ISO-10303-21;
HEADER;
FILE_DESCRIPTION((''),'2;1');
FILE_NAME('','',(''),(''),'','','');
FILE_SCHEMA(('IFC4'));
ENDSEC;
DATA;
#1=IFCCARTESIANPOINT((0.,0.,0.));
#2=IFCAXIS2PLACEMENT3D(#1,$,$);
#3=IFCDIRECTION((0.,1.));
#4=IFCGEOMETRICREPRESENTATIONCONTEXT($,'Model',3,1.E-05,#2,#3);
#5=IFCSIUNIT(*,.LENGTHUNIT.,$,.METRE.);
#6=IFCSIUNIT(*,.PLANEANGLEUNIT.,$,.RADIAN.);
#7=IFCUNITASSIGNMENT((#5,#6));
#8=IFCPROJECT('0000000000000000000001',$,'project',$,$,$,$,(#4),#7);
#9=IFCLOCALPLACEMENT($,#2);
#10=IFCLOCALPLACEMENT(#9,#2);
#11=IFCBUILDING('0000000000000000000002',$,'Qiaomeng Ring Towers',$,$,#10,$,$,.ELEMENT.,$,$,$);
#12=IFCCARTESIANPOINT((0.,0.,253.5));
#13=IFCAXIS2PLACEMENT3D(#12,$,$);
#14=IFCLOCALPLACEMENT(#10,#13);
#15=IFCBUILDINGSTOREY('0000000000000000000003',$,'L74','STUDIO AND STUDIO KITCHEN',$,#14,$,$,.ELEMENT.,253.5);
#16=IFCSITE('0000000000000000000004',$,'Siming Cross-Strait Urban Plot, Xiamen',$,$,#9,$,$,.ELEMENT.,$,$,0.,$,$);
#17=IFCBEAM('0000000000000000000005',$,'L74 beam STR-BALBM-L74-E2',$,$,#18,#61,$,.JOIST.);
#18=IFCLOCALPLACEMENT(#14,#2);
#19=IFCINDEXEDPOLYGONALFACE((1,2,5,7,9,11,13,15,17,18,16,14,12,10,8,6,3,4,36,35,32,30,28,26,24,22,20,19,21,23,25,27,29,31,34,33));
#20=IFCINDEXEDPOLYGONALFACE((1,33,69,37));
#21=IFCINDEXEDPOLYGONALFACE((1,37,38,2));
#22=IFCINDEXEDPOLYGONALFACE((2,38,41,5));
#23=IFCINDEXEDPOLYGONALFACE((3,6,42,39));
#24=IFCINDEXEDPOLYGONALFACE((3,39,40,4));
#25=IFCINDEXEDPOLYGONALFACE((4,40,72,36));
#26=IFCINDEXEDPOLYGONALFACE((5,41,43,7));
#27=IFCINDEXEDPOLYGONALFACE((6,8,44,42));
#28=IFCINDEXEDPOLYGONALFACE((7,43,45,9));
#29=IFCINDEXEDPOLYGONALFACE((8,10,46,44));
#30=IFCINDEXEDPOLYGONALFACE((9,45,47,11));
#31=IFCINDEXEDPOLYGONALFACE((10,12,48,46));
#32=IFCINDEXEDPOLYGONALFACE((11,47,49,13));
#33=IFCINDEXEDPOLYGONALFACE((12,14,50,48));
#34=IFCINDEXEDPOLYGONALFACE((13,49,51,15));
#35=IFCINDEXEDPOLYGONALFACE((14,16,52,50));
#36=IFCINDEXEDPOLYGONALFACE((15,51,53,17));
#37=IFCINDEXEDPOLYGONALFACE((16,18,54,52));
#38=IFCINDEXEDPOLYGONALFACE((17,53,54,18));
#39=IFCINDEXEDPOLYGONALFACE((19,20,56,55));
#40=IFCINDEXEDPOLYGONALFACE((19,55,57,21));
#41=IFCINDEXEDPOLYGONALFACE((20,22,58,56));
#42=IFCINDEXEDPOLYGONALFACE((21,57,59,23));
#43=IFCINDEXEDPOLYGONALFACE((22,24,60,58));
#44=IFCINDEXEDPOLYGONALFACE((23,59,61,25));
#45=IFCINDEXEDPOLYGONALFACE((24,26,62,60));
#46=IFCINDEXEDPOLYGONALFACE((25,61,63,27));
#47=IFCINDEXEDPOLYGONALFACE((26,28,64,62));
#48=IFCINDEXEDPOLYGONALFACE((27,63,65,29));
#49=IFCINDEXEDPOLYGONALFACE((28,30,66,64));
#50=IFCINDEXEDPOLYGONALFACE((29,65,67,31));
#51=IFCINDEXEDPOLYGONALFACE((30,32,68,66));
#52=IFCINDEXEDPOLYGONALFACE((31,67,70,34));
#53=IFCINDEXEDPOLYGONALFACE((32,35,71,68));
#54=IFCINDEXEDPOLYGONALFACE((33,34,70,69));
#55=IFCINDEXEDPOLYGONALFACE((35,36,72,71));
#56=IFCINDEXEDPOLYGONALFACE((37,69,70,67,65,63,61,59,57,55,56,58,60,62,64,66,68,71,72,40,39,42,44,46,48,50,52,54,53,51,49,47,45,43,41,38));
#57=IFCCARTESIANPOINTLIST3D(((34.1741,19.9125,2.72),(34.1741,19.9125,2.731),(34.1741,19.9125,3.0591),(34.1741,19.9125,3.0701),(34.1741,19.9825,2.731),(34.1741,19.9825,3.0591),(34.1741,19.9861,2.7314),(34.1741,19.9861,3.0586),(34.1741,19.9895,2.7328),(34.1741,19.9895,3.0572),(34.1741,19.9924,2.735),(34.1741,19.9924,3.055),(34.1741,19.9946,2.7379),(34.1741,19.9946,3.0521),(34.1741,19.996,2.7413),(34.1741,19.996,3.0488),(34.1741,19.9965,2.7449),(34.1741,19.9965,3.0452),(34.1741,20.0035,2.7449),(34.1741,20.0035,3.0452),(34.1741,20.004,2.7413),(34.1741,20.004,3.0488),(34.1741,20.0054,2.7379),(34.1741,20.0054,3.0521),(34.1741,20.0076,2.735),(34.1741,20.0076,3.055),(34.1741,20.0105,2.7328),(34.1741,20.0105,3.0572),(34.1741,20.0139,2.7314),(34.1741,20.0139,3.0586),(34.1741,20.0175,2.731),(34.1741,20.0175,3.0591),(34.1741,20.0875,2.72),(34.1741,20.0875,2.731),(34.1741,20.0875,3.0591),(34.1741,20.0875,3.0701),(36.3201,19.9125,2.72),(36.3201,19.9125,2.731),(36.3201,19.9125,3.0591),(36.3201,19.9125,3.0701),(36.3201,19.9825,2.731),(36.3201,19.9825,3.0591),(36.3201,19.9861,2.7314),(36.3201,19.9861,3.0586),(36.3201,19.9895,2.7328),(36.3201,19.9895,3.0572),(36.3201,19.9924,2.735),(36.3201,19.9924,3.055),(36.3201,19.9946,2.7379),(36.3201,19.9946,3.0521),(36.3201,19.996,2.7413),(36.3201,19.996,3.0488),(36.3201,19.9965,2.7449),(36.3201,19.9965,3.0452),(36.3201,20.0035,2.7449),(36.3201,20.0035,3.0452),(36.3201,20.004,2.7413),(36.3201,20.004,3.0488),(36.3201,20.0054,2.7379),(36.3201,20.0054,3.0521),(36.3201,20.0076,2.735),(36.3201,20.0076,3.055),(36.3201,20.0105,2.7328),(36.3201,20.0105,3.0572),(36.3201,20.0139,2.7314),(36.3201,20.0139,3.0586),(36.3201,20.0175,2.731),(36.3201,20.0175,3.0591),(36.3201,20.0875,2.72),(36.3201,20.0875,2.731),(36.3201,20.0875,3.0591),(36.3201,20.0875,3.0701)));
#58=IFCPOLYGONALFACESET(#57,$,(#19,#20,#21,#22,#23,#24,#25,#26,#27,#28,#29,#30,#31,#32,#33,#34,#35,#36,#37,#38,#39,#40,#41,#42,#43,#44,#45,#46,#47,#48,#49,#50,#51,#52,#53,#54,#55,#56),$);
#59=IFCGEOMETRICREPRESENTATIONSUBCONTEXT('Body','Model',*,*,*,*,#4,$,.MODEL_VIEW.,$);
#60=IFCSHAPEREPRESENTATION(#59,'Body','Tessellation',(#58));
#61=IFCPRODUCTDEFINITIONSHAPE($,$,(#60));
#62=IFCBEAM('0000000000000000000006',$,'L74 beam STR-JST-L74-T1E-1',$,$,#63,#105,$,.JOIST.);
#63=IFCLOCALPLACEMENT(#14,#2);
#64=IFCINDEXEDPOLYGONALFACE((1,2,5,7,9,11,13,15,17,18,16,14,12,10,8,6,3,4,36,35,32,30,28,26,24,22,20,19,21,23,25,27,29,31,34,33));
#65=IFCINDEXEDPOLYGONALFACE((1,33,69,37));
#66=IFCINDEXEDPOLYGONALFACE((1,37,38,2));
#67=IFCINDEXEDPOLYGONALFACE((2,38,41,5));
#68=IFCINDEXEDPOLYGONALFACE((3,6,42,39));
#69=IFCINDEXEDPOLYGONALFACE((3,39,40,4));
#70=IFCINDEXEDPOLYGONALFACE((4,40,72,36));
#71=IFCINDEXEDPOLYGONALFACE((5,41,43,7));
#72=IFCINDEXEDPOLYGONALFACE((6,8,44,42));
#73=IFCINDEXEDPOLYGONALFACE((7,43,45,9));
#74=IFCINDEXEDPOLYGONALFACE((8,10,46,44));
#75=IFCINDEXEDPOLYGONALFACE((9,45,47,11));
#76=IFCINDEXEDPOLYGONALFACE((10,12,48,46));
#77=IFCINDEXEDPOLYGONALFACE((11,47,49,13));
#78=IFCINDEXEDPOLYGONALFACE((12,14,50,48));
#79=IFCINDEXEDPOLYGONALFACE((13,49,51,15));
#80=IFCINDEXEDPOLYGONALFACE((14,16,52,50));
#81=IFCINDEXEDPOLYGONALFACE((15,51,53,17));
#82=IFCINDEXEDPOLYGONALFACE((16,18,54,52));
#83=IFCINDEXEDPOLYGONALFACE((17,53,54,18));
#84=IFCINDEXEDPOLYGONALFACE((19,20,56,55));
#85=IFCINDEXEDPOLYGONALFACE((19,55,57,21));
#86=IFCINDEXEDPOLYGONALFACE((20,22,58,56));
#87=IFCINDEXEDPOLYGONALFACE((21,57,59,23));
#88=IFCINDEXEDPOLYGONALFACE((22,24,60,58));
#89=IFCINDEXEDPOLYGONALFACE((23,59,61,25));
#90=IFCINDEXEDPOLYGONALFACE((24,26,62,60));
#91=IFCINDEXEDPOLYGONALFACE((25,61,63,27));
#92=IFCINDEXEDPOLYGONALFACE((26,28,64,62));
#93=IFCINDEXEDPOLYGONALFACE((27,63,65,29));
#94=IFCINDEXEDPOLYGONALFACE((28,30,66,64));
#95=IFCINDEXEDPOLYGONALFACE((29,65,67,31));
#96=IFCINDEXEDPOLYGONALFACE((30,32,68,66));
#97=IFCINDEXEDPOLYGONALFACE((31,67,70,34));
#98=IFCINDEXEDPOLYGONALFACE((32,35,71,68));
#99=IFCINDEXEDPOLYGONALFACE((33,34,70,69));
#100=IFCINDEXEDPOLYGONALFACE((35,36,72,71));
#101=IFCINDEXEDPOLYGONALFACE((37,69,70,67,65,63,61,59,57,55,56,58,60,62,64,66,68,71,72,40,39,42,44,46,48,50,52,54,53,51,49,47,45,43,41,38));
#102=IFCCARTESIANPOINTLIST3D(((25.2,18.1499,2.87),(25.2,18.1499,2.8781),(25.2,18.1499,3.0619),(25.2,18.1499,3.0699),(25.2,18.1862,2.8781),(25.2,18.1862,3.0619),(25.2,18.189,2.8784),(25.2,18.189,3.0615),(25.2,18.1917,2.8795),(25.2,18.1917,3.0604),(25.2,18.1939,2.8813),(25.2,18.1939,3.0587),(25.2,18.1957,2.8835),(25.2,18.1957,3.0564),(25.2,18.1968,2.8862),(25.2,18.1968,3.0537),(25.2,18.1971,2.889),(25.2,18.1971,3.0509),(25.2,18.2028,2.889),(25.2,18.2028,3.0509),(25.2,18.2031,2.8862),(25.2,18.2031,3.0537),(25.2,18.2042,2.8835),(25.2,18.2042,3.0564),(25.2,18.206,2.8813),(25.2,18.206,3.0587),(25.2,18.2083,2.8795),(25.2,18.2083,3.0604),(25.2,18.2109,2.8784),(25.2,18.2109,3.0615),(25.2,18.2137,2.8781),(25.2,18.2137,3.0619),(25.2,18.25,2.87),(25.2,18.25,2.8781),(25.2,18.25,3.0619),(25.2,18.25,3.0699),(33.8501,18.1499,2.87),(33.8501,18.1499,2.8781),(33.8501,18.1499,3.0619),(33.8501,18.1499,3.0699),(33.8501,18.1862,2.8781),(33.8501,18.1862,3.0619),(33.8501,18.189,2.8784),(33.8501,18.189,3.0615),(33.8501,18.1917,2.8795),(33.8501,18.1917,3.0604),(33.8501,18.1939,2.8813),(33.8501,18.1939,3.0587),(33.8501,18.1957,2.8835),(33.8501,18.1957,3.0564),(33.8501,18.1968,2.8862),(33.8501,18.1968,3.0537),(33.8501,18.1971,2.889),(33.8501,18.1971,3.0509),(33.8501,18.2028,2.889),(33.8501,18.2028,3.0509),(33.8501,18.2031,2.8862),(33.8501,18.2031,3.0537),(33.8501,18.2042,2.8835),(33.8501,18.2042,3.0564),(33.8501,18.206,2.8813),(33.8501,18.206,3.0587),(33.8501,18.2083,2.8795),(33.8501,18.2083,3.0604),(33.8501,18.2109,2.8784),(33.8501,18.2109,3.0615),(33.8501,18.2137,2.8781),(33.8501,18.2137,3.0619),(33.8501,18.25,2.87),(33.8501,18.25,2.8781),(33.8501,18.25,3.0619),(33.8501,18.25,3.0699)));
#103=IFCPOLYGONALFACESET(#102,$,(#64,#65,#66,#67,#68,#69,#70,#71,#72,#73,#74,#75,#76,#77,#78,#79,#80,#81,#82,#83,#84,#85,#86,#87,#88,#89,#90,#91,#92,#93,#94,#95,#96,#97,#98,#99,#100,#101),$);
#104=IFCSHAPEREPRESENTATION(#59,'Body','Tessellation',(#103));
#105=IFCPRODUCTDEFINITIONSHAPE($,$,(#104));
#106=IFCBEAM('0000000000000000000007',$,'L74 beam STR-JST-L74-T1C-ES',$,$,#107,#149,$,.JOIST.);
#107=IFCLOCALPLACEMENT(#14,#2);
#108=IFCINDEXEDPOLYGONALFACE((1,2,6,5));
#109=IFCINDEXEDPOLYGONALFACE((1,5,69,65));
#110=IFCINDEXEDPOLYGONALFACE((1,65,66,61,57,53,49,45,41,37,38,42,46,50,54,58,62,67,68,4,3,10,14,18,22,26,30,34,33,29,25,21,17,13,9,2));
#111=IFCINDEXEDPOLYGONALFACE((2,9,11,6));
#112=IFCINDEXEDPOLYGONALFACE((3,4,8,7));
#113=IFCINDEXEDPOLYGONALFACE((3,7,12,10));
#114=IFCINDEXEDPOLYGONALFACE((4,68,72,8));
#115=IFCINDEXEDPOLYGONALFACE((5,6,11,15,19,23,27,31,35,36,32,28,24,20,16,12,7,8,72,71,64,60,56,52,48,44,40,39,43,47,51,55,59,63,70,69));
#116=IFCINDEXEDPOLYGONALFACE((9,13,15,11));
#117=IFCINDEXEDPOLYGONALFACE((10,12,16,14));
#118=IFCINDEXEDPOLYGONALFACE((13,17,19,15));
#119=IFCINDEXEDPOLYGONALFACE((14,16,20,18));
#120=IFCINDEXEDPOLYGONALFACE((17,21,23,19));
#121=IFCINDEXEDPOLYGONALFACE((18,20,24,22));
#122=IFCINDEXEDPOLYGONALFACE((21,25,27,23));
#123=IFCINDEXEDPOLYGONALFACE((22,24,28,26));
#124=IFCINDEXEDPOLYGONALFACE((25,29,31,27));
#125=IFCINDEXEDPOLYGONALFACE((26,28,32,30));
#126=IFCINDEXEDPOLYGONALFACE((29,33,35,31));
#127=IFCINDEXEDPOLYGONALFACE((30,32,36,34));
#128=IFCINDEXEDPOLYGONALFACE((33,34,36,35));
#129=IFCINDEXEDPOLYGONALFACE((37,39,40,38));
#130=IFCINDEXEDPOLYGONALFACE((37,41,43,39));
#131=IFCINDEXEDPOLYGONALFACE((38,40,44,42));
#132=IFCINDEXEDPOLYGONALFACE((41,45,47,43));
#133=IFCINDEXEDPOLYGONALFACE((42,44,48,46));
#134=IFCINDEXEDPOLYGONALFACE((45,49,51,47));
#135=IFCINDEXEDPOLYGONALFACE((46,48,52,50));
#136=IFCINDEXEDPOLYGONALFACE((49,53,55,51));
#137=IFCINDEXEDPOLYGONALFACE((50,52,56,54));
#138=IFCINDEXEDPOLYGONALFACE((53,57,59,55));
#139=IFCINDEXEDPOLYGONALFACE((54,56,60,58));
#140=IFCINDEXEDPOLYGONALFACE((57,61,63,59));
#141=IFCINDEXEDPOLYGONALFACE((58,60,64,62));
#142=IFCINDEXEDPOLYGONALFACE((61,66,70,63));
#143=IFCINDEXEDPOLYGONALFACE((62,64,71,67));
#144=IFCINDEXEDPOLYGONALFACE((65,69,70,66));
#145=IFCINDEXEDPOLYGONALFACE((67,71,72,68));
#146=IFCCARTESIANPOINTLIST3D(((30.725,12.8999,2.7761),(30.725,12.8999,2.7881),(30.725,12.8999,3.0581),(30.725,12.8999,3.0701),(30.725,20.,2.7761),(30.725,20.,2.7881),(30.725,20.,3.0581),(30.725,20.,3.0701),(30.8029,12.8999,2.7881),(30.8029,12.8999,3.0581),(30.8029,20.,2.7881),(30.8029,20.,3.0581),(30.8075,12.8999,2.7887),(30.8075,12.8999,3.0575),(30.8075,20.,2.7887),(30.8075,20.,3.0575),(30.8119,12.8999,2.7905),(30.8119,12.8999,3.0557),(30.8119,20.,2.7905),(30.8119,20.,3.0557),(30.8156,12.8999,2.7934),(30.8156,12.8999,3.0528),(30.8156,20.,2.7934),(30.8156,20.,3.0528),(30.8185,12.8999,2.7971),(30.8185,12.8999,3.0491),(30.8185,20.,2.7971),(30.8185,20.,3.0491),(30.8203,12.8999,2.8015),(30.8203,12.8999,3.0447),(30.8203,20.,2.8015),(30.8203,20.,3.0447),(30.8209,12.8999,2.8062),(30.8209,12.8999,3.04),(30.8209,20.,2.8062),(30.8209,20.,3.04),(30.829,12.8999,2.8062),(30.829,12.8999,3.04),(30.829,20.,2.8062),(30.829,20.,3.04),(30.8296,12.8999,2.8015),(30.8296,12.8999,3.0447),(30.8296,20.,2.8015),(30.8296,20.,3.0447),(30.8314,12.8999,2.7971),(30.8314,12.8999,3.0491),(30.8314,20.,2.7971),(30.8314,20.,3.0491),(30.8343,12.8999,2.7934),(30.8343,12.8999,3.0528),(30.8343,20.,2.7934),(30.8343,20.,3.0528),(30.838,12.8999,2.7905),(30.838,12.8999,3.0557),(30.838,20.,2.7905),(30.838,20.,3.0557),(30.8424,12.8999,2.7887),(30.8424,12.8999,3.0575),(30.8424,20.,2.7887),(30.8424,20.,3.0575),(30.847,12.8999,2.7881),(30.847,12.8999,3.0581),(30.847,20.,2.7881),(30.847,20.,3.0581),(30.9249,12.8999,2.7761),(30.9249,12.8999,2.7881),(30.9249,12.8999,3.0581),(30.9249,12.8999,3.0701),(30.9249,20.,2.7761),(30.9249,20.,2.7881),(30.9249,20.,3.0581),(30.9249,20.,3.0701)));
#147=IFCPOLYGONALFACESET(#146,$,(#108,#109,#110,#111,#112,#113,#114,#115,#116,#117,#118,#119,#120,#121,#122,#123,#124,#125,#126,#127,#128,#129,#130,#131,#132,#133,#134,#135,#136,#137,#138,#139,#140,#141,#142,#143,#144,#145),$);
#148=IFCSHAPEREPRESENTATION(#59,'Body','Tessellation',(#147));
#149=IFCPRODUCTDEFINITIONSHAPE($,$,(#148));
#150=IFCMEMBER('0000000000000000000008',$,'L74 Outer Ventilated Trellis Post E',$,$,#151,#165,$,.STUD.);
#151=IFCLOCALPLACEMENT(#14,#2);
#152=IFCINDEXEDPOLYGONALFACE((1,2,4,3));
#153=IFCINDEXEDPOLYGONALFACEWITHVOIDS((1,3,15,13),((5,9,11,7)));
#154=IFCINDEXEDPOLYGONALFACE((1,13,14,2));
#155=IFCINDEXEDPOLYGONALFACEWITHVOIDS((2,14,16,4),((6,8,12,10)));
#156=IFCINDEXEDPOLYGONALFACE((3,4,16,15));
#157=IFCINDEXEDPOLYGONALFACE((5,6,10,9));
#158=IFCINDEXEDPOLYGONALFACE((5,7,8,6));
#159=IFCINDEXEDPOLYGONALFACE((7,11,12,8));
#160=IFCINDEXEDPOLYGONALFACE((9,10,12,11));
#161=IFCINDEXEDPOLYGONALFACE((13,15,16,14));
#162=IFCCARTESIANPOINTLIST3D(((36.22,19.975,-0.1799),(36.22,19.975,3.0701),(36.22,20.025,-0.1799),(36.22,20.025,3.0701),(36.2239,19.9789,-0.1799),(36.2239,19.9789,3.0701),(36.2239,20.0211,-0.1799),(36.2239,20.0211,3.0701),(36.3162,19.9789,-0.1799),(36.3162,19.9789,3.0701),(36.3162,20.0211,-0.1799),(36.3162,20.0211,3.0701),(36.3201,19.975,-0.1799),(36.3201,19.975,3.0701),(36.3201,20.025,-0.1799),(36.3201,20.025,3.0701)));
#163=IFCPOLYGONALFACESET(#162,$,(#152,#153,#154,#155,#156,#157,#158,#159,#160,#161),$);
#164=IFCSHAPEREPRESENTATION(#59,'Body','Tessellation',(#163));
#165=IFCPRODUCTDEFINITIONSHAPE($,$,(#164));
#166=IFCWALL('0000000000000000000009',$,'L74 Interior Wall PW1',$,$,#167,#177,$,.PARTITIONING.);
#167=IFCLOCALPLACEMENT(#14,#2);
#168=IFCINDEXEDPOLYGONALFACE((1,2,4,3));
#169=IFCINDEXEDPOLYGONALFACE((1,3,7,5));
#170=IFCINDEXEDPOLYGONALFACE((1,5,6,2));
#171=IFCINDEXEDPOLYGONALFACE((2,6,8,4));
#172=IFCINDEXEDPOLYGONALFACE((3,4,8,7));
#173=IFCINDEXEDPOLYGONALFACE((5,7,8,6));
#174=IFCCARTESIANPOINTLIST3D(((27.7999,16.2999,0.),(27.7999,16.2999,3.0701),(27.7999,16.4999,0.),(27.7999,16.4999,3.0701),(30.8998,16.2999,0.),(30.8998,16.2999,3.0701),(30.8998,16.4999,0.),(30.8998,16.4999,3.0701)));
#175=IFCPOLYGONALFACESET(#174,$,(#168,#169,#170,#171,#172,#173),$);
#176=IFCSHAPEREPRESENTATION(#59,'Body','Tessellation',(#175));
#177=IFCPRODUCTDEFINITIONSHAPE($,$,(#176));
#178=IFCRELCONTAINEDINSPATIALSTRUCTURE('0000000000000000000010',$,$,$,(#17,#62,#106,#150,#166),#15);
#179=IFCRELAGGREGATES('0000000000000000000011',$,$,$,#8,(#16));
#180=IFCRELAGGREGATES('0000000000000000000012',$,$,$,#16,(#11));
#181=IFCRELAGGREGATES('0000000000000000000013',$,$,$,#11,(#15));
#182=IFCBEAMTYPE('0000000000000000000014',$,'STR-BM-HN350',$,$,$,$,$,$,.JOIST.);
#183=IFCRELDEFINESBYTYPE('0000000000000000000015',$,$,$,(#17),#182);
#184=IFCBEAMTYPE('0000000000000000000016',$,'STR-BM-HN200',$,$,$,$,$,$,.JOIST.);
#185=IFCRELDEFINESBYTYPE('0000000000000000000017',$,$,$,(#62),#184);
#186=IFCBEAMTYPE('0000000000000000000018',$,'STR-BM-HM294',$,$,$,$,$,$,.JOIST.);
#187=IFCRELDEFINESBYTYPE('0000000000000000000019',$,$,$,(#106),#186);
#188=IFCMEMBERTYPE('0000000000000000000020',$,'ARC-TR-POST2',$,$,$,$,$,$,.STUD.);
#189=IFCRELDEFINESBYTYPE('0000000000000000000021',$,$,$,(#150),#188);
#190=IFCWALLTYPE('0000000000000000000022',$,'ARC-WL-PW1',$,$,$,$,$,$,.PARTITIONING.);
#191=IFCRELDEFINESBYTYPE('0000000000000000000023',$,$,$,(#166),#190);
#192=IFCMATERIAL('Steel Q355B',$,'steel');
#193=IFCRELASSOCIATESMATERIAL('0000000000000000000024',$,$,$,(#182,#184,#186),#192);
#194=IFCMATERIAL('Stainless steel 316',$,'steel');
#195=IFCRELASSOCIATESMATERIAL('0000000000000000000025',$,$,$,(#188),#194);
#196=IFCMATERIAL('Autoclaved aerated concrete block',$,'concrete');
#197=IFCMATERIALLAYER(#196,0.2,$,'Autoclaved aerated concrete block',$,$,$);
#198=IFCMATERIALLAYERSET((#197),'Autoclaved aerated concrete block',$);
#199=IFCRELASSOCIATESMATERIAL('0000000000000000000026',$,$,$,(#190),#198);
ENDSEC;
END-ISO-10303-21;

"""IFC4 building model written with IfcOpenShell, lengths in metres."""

from ifc_helpers import new_model, si_unit, direction, frame, frame_2d, origin, origin_2d, place, context, subcontext, project, spatial, rectangle, hollow_rectangle, i_section, extrude, source, transform, mapped, material, layer, layer_set, material_profile, profile_set, type_object, element, save


model = new_model("IFC4")

# Units and contexts
model_context = context("Model", 3, precision=1e-05, world=origin(), true_north=direction((0.0, 1.0)))
body_context = subcontext(model_context, "Body", "Model", "MODEL_VIEW")
ifc_project = project(units=[si_unit("LENGTHUNIT", "METRE"), si_unit("PLANEANGLEUNIT", "RADIAN")], contexts=[model_context])

# Site, building, storey
site_placement = place(None, origin())
site = spatial("IfcSite", under=ifc_project, at=site_placement, Name="Siming Cross-Strait Urban Plot, Xiamen", CompositionType="ELEMENT", RefElevation=0.0)
building_placement = place(site_placement, origin())
building = spatial("IfcBuilding", under=site, at=building_placement, Name="Qiaomeng Ring Towers", CompositionType="ELEMENT")
storey_placement = place(building_placement, frame((0.0, 0.0, 253.5)))
storey = spatial("IfcBuildingStorey", under=building, at=storey_placement, Name="L74", Description="STUDIO AND STUDIO KITCHEN", CompositionType="ELEMENT", Elevation=253.5)

# Beams
ifc_material_1 = material(Name="Steel Q355B", Category="steel")
ifc_material_profile_1 = material_profile(ifc_material_1, i_section(OverallWidth=0.175, OverallDepth=0.3501, WebThickness=0.0071, FlangeThickness=0.011, FilletRadius=0.0139, at=origin_2d()), Name="HN 350x175x7x11")
ifc_profile_set_1 = profile_set([ifc_material_profile_1], Name="Steel Q355B")
beam_type_1 = type_object("IfcBeamType", Name="STR-BM-HN350", PredefinedType="JOIST", material=ifc_profile_set_1)
shared_shape_1 = source(origin(), body_context, "Body", "SweptSolid", [
    extrude(i_section(OverallWidth=0.175, OverallDepth=0.3501, WebThickness=0.0071, FlangeThickness=0.011, FilletRadius=0.0139, at=origin_2d()), origin(), (0.0, 0.0, 1.0), 2.146),
])
beam_1_placement = place(storey_placement, frame((34.1741, 20.0, 2.895), z_axis=(1.0, 0.0, 0.0), x_axis=(0.0, 1.0, 0.0)))
element("IfcBeam", 1, at=beam_1_placement, inside=storey, type_object=beam_type_1, Name="L74 beam STR-BALBM-L74-E2", PredefinedType="JOIST", context=body_context, shape_type="MappedRepresentation", body=[
    mapped(shared_shape_1, transform((0.0, 0.0, 0.0), x_axis=(1.0, 0.0, 0.0), y_axis=(0.0, 1.0, 0.0), z_axis=(0.0, 0.0, 1.0), scale=1.0)),
])
ifc_material_profile_2 = material_profile(ifc_material_1, i_section(OverallWidth=0.1001, OverallDepth=0.2, WebThickness=0.0056, FlangeThickness=0.0081, FilletRadius=0.011, at=origin_2d()), Name="HN 200x100x5.5x8")
ifc_profile_set_2 = profile_set([ifc_material_profile_2], Name="Steel Q355B")
beam_type_2 = type_object("IfcBeamType", Name="STR-BM-HN200", PredefinedType="JOIST", material=ifc_profile_set_2)
shared_shape_2 = source(origin(), body_context, "Body", "SweptSolid", [
    extrude(i_section(OverallWidth=0.1001, OverallDepth=0.2, WebThickness=0.0056, FlangeThickness=0.0081, FilletRadius=0.011, at=origin_2d()), origin(), (0.0, 0.0, 1.0), 8.6501),
])
beam_2_placement = place(storey_placement, frame((25.2, 18.2, 2.97), z_axis=(1.0, 0.0, 0.0), x_axis=(0.0, 1.0, 0.0)))
element("IfcBeam", 2, at=beam_2_placement, inside=storey, type_object=beam_type_2, Name="L74 beam STR-JST-L74-T1E-1", PredefinedType="JOIST", context=body_context, shape_type="MappedRepresentation", body=[
    mapped(shared_shape_2, transform((0.0, 0.0, 0.0), x_axis=(1.0, 0.0, 0.0), y_axis=(0.0, 1.0, 0.0), z_axis=(0.0, 0.0, 1.0), scale=1.0)),
])
ifc_material_profile_3 = material_profile(ifc_material_1, i_section(OverallWidth=0.2, OverallDepth=0.2939, WebThickness=0.0081, FlangeThickness=0.012, FilletRadius=0.0181, at=origin_2d()), Name="HM 294x200x8x12")
ifc_profile_set_3 = profile_set([ifc_material_profile_3], Name="Steel Q355B")
beam_type_3 = type_object("IfcBeamType", Name="STR-BM-HM294", PredefinedType="JOIST", material=ifc_profile_set_3)
shared_shape_3 = source(origin(), body_context, "Body", "SweptSolid", [
    extrude(i_section(OverallWidth=0.2, OverallDepth=0.2939, WebThickness=0.0081, FlangeThickness=0.012, FilletRadius=0.0181, at=origin_2d()), origin(), (0.0, 0.0, 1.0), 7.1001),
])
beam_3_placement = place(storey_placement, frame((30.825, 12.8999, 2.9231), z_axis=(0.0, 1.0, 0.0), x_axis=(-1.0, 0.0, 0.0)))
element("IfcBeam", 3, at=beam_3_placement, inside=storey, type_object=beam_type_3, Name="L74 beam STR-JST-L74-T1C-ES", PredefinedType="JOIST", context=body_context, shape_type="MappedRepresentation", body=[
    mapped(shared_shape_3, transform((0.0, 0.0, 0.0), x_axis=(1.0, 0.0, 0.0), y_axis=(0.0, 1.0, 0.0), z_axis=(0.0, 0.0, 1.0), scale=1.0)),
])

# Member
ifc_material_2 = material(Name="Stainless steel 316", Category="steel")
ifc_material_profile_4 = material_profile(ifc_material_2, hollow_rectangle(XDim=0.05, YDim=0.1001, WallThickness=0.0039, at=origin_2d()), Name="SS TRELLIS 100x50")
ifc_profile_set_4 = profile_set([ifc_material_profile_4], Name="Stainless steel 316")
member_type = type_object("IfcMemberType", Name="ARC-TR-POST2", PredefinedType="STUD", material=ifc_profile_set_4)
shared_shape_4 = source(origin(), body_context, "Body", "SweptSolid", [
    extrude(hollow_rectangle(XDim=0.05, YDim=0.1001, WallThickness=0.0039, at=origin_2d()), origin(), (0.0, 0.0, 1.0), 3.25),
])
member_placement = place(storey_placement, frame((36.27, 20.0, -0.1799), z_axis=(0.0, 0.0, 1.0), x_axis=(0.0, 1.0, 0.0)))
element("IfcMember", 4, at=member_placement, inside=storey, type_object=member_type, Name="L74 Outer Ventilated Trellis Post E", PredefinedType="STUD", context=body_context, shape_type="MappedRepresentation", body=[
    mapped(shared_shape_4, transform((0.0, 0.0, 0.0), x_axis=(1.0, 0.0, 0.0), y_axis=(0.0, 1.0, 0.0), z_axis=(0.0, 0.0, 1.0), scale=1.0)),
])

# Wall
ifc_material_3 = material(Name="Autoclaved aerated concrete block", Category="concrete")
ifc_layer_1 = layer(ifc_material_3, 0.2, Name="Autoclaved aerated concrete block")
ifc_layer_set_1 = layer_set([ifc_layer_1], Name="Autoclaved aerated concrete block")
wall_type_1 = type_object("IfcWallType", Name="ARC-WL-PW1", PredefinedType="PARTITIONING", material=ifc_layer_set_1)
wall_1_placement = place(storey_placement, frame((27.8, 16.3999, 0.0), z_axis=(0.0, 0.0, 1.0), x_axis=(1.0, 0.0, 0.0)))
element("IfcWall", 5, at=wall_1_placement, inside=storey, type_object=wall_type_1, Name="L74 Interior Wall PW1", PredefinedType="PARTITIONING", context=body_context, shape_type="SweptSolid", body=[
    extrude(rectangle(XDim=3.0999, YDim=0.2, at=frame_2d((1.5498, 0.0))), origin(), (0.0, 0.0, 1.0), 3.0701),
])

save(model, "model.ifc")
